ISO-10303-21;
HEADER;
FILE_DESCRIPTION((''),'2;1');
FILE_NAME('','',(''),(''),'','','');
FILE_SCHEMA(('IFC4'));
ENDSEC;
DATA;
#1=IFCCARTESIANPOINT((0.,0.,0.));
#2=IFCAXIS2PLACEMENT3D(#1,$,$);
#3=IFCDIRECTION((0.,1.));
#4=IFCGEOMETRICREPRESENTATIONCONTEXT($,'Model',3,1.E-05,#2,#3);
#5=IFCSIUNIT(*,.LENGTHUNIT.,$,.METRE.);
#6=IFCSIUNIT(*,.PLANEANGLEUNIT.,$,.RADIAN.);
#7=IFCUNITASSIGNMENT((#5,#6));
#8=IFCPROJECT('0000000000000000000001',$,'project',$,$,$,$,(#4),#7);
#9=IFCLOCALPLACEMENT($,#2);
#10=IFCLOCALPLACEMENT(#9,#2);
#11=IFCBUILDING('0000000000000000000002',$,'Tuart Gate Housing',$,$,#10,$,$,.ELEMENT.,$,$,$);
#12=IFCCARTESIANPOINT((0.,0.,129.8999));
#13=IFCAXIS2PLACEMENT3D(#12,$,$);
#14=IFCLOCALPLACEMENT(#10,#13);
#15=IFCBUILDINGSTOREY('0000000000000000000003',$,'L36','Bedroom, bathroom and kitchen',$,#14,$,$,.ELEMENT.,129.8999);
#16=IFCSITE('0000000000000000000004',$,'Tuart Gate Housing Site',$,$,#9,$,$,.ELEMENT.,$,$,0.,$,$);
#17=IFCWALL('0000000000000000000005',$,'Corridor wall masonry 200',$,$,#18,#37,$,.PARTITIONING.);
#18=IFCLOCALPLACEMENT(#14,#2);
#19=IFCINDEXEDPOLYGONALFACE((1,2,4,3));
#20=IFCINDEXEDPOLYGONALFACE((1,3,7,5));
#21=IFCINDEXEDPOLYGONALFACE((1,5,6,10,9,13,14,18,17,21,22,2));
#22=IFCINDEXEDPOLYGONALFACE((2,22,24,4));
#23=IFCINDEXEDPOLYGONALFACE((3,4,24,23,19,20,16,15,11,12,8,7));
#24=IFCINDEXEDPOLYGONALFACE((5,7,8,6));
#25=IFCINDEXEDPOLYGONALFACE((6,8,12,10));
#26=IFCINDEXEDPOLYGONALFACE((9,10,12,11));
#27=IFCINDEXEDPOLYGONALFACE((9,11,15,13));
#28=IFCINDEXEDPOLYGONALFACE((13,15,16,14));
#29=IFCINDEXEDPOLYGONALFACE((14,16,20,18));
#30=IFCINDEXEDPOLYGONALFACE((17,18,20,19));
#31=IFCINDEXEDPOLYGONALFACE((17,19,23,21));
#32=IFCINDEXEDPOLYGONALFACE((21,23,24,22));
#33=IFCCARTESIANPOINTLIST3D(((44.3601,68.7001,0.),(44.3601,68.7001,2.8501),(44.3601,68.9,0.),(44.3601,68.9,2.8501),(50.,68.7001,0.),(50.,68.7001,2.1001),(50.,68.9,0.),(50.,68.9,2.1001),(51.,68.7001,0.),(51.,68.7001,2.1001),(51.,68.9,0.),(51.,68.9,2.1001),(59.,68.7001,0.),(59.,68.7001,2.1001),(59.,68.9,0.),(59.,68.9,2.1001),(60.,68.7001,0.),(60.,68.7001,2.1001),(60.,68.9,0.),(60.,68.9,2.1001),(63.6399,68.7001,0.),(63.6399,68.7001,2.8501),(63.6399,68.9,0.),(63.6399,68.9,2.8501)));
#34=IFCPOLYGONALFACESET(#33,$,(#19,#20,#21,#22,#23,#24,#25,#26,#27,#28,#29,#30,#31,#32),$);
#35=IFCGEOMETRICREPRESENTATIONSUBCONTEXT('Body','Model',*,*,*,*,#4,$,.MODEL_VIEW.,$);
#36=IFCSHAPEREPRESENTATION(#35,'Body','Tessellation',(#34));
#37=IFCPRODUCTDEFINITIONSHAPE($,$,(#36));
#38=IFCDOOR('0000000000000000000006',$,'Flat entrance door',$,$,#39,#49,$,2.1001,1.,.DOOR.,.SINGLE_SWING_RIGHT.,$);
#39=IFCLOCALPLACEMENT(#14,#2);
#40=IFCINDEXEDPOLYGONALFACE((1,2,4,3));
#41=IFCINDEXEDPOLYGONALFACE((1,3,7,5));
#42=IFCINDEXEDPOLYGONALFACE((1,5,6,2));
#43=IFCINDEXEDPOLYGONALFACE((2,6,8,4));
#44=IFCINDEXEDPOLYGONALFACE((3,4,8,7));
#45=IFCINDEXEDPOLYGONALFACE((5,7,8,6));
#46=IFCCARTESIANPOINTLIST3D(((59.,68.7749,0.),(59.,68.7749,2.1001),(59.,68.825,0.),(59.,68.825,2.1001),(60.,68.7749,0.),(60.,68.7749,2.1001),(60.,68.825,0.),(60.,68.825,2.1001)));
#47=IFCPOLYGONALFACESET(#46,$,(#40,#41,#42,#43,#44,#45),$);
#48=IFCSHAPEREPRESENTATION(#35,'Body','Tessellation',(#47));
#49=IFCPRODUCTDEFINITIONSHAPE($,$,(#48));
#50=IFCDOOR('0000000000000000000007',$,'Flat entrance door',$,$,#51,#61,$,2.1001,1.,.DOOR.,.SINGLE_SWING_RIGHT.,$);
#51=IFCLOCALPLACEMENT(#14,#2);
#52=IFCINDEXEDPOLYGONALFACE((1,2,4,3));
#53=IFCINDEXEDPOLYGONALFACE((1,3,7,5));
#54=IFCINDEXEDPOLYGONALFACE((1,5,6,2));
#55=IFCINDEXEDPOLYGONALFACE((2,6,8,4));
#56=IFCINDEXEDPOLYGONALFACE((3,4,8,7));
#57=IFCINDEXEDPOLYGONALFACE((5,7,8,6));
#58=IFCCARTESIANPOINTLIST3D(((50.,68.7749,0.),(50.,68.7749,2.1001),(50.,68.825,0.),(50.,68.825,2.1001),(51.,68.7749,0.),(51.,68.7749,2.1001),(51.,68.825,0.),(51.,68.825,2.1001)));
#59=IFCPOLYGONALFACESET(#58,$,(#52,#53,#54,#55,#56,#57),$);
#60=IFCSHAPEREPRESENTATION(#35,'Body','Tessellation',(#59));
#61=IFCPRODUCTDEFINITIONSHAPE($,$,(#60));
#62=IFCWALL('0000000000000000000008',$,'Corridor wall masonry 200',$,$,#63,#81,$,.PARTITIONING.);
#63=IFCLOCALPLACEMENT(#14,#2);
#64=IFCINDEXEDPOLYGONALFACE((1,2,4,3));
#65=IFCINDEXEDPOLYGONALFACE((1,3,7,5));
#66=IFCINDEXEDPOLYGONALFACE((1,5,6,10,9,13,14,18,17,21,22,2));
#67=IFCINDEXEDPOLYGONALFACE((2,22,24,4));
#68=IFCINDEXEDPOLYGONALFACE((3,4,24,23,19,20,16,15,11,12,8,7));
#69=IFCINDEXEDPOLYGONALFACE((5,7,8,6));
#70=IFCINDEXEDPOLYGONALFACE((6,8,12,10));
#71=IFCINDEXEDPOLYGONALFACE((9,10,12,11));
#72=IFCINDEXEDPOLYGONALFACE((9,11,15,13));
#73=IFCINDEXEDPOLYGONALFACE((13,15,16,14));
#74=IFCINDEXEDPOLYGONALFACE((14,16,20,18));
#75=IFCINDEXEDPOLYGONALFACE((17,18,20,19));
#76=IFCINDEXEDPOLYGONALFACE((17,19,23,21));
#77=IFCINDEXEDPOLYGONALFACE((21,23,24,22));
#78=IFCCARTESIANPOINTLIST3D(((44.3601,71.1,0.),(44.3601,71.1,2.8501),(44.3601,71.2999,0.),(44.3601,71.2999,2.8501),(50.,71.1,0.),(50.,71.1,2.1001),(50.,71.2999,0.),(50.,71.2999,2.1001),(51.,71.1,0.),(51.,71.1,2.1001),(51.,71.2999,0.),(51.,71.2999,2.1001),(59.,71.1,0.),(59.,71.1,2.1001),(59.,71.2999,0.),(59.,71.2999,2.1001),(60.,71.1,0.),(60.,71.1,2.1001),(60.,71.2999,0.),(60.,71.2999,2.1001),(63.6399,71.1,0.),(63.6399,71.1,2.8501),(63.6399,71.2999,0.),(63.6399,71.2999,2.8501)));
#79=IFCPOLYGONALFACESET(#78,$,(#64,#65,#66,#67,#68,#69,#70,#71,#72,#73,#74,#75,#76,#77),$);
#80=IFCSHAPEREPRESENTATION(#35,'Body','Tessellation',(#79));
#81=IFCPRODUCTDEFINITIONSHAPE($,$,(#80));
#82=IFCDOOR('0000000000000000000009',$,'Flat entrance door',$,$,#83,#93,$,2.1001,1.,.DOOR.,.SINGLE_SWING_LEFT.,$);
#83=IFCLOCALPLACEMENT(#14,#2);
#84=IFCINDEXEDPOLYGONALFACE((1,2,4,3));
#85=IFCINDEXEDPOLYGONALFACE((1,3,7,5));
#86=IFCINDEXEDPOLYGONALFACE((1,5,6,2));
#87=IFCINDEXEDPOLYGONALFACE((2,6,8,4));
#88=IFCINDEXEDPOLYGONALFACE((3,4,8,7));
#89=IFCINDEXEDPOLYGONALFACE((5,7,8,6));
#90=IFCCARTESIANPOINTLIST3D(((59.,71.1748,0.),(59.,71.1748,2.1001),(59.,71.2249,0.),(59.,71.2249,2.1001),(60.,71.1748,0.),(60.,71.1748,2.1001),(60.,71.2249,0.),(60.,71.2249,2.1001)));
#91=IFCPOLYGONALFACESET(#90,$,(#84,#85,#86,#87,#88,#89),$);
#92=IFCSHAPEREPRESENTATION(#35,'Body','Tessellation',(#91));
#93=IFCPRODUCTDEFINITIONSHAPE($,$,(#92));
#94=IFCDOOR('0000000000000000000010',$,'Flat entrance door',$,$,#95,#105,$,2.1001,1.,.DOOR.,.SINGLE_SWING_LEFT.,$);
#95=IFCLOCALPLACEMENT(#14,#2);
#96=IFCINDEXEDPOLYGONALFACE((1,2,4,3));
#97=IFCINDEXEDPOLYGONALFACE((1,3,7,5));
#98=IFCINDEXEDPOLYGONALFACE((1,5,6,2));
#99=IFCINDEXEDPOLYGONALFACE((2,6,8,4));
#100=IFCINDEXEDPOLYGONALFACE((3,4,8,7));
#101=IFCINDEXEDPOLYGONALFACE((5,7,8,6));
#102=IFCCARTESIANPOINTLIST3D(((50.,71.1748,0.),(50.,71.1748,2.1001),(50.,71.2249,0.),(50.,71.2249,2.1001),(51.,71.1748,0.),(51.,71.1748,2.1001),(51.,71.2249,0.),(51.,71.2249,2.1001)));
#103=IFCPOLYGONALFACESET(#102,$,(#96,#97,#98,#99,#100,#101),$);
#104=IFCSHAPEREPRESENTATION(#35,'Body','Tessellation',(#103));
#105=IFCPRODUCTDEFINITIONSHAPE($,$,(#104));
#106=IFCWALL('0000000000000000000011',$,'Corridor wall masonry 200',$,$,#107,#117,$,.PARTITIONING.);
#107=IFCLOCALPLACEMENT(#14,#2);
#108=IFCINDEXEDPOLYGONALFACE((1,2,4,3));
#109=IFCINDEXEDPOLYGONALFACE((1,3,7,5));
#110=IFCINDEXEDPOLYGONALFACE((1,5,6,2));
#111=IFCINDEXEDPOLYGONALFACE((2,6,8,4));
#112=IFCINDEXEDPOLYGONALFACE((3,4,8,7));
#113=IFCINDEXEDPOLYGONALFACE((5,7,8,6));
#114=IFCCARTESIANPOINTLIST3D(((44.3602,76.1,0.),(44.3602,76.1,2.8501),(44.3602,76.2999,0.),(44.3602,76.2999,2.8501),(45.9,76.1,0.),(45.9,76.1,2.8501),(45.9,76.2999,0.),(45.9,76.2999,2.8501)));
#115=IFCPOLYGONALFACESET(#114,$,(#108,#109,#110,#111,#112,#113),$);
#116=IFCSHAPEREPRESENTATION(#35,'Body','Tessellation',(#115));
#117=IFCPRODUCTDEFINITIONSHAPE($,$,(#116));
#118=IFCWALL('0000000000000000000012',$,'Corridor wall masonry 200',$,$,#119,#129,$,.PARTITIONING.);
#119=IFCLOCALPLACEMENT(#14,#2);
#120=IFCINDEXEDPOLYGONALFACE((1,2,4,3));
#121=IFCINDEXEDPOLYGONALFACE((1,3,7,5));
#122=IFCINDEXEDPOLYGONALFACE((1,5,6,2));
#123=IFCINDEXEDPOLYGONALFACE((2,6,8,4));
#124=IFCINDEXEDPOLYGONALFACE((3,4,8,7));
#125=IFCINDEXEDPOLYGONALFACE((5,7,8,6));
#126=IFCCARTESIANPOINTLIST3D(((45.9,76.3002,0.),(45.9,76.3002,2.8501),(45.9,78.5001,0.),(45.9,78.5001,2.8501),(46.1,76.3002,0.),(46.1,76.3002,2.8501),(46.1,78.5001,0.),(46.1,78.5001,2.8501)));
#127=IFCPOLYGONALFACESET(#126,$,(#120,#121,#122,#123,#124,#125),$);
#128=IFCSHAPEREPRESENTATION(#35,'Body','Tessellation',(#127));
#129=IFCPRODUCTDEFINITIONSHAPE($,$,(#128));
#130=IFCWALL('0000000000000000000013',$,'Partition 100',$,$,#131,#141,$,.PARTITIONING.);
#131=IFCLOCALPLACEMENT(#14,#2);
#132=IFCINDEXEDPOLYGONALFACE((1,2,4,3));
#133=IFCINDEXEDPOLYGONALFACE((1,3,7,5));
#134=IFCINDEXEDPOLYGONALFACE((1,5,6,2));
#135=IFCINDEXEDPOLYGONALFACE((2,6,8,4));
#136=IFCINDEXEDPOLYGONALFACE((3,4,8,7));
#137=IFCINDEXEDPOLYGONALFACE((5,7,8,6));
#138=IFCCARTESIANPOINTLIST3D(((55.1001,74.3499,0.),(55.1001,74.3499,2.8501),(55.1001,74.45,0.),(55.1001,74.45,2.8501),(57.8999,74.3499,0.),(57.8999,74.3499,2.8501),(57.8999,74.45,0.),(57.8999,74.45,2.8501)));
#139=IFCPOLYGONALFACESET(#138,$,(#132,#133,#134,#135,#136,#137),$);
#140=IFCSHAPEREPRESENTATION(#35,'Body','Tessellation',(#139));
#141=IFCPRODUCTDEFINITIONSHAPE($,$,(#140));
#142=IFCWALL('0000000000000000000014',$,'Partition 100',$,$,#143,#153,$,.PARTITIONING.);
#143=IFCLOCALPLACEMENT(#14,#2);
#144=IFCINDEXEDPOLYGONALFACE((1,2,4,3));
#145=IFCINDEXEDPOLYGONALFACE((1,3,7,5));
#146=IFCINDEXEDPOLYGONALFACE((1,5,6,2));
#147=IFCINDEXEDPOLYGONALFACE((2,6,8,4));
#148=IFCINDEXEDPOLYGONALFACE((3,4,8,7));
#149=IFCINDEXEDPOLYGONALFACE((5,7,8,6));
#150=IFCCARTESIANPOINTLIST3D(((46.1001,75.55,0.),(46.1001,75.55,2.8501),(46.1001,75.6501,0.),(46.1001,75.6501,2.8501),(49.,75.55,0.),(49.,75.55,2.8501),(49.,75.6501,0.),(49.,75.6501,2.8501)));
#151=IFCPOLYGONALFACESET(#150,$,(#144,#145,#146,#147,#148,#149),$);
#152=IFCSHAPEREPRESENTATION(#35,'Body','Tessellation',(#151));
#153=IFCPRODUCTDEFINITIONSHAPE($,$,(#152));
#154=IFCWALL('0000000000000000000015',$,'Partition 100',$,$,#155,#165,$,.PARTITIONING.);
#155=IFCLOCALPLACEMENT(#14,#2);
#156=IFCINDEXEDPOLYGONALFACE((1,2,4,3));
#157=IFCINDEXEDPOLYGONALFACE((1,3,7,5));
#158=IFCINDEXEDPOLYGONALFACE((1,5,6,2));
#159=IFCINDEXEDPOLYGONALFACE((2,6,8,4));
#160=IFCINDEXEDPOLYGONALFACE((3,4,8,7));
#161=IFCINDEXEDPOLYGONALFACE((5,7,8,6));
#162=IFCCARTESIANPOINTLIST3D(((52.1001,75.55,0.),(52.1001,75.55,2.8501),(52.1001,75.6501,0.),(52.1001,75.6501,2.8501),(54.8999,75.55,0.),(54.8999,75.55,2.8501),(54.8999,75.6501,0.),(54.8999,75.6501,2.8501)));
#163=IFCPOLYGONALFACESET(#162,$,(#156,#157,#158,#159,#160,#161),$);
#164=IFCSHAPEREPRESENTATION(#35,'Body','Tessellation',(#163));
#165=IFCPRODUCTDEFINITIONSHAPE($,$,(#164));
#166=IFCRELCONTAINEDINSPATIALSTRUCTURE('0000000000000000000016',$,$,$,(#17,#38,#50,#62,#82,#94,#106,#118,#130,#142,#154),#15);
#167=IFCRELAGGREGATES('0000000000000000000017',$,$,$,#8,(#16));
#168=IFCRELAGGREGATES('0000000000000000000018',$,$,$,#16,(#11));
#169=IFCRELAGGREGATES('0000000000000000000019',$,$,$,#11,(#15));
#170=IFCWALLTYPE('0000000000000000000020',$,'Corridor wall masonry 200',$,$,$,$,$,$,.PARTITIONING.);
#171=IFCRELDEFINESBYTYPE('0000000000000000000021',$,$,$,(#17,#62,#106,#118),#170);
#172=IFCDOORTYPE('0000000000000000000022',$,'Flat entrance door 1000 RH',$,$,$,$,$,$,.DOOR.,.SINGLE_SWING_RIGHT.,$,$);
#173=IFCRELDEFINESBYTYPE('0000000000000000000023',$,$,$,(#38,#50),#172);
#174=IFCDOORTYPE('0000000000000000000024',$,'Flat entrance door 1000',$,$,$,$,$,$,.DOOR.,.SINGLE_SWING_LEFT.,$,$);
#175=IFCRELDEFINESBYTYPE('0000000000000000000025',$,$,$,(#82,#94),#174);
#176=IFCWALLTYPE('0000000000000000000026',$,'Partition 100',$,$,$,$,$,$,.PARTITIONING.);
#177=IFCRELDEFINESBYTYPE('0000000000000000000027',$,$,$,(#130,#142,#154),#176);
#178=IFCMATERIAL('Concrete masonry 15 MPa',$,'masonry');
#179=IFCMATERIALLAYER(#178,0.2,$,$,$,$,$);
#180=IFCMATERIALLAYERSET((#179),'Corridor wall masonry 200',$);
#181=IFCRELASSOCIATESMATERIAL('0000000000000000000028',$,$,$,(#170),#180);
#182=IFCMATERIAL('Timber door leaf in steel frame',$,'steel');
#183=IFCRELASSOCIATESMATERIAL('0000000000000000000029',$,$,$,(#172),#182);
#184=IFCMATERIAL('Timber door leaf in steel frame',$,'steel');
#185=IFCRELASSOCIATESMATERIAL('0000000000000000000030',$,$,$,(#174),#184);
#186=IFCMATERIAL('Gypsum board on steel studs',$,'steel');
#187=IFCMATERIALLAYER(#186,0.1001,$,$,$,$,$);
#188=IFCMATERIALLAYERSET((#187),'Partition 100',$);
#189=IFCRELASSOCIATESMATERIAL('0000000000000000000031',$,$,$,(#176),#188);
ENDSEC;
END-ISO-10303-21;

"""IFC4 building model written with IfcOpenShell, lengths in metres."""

from ifc_helpers import new_model, si_unit, direction, frame, frame_2d, origin, place, context, subcontext, project, spatial, rectangle, extrude, material, layer, layer_set, type_object, element, fill, save


model = new_model("IFC4")

# Units and contexts
model_context = context("Model", 3, precision=1e-05, world=origin(), true_north=direction((0.0, 1.0)))
body_context = subcontext(model_context, "Body", "Model", "MODEL_VIEW")
ifc_project = project(units=[si_unit("LENGTHUNIT", "METRE"), si_unit("PLANEANGLEUNIT", "RADIAN")], contexts=[model_context])

# Site, building, storey
site_placement = place(None, origin())
site = spatial("IfcSite", under=ifc_project, at=site_placement, Name="Tuart Gate Housing Site", CompositionType="ELEMENT", RefElevation=0.0)
building_placement = place(site_placement, origin())
building = spatial("IfcBuilding", under=site, at=building_placement, Name="Tuart Gate Housing", CompositionType="ELEMENT")
storey_placement = place(building_placement, frame((0.0, 0.0, 129.8999)))
storey = spatial("IfcBuildingStorey", under=building, at=storey_placement, Name="L36", Description="Bedroom, bathroom and kitchen", CompositionType="ELEMENT", Elevation=129.8999)

# Walls, openings, doors
ifc_material_1 = material(Name="Concrete masonry 15 MPa", Category="masonry")
ifc_layer_1 = layer(ifc_material_1, 0.2)
ifc_layer_set_1 = layer_set([ifc_layer_1], Name="Corridor wall masonry 200")
wall_type_1 = type_object("IfcWallType", Name="Corridor wall masonry 200", PredefinedType="PARTITIONING", material=ifc_layer_set_1)
wall_1_placement = place(storey_placement, frame((44.3601, 68.8, 0.0), z_axis=(0.0, 0.0, 1.0), x_axis=(1.0, 0.0, 0.0)))
wall_1 = element("IfcWall", 1, at=wall_1_placement, inside=storey, type_object=wall_type_1, Name="Corridor wall masonry 200", PredefinedType="PARTITIONING", context=body_context, shape_type="SweptSolid", body=[
    extrude(rectangle(XDim=19.2798, YDim=0.2, at=frame_2d((9.6399, 0.0))), origin(), (0.0, 0.0, 1.0), 2.8501),
])
opening_1_placement = place(wall_1_placement, frame((14.6399, 0.0, 0.0)))
opening_1 = element("IfcOpeningElement", 2, at=opening_1_placement, cuts=wall_1, PredefinedType="OPENING", context=body_context, shape_type="SweptSolid", body=[
    extrude(rectangle(XDim=1.0, YDim=2.1001, at=frame_2d((0.5, 1.05))), frame((0.0, 0.1099, 0.0), z_axis=(0.0, -1.0, 0.0), x_axis=(1.0, 0.0, 0.0)), (0.0, 0.0, 1.0), 0.22),
])
opening_2_placement = place(wall_1_placement, frame((5.6399, 0.0, 0.0)))
opening_2 = element("IfcOpeningElement", 3, at=opening_2_placement, cuts=wall_1, PredefinedType="OPENING", context=body_context, shape_type="SweptSolid", body=[
    extrude(rectangle(XDim=1.0, YDim=2.1001, at=frame_2d((0.5, 1.05))), frame((0.0, 0.1099, 0.0), z_axis=(0.0, -1.0, 0.0), x_axis=(1.0, 0.0, 0.0)), (0.0, 0.0, 1.0), 0.22),
])
ifc_material_2 = material(Name="Timber door leaf in steel frame", Category="steel")
door_type_1 = type_object("IfcDoorType", Name="Flat entrance door 1000 RH", OperationType="SINGLE_SWING_RIGHT", PredefinedType="DOOR", material=ifc_material_2)
door_1_placement = place(opening_1_placement, frame((1.0, 0.0, 0.0), z_axis=(0.0, 0.0, 1.0), x_axis=(-1.0, 0.0, 0.0)))
door_1 = element("IfcDoor", 4, at=door_1_placement, inside=storey, type_object=door_type_1, Name="Flat entrance door", OperationType="SINGLE_SWING_RIGHT", OverallHeight=2.1001, OverallWidth=1.0, PredefinedType="DOOR", context=body_context, shape_type="SweptSolid", body=[
    extrude(rectangle(XDim=1.0, YDim=2.1001, at=frame_2d((0.5, 1.05))), frame((0.0, 0.0251, 0.0), z_axis=(0.0, -1.0, 0.0), x_axis=(1.0, 0.0, 0.0)), (0.0, 0.0, 1.0), 0.05),
])
fill(opening_1, door_1)
door_2_placement = place(opening_2_placement, frame((1.0, 0.0, 0.0), z_axis=(0.0, 0.0, 1.0), x_axis=(-1.0, 0.0, 0.0)))
door_2 = element("IfcDoor", 5, at=door_2_placement, inside=storey, type_object=door_type_1, Name="Flat entrance door", OperationType="SINGLE_SWING_RIGHT", OverallHeight=2.1001, OverallWidth=1.0, PredefinedType="DOOR", context=body_context, shape_type="SweptSolid", body=[
    extrude(rectangle(XDim=1.0, YDim=2.1001, at=frame_2d((0.5, 1.05))), frame((0.0, 0.0251, 0.0), z_axis=(0.0, -1.0, 0.0), x_axis=(1.0, 0.0, 0.0)), (0.0, 0.0, 1.0), 0.05),
])
fill(opening_2, door_2)
wall_2_placement = place(storey_placement, frame((44.3601, 71.2, 0.0), z_axis=(0.0, 0.0, 1.0), x_axis=(1.0, 0.0, 0.0)))
wall_2 = element("IfcWall", 6, at=wall_2_placement, inside=storey, type_object=wall_type_1, Name="Corridor wall masonry 200", PredefinedType="PARTITIONING", context=body_context, shape_type="SweptSolid", body=[
    extrude(rectangle(XDim=19.2798, YDim=0.2, at=frame_2d((9.6399, 0.0))), origin(), (0.0, 0.0, 1.0), 2.8501),
])
opening_3_placement = place(wall_2_placement, frame((14.6399, 0.0, 0.0)))
opening_3 = element("IfcOpeningElement", 7, at=opening_3_placement, cuts=wall_2, PredefinedType="OPENING", context=body_context, shape_type="SweptSolid", body=[
    extrude(rectangle(XDim=1.0, YDim=2.1001, at=frame_2d((0.5, 1.05))), frame((0.0, 0.1099, 0.0), z_axis=(0.0, -1.0, 0.0), x_axis=(1.0, 0.0, 0.0)), (0.0, 0.0, 1.0), 0.22),
])
opening_4_placement = place(wall_2_placement, frame((5.6399, 0.0, 0.0)))
opening_4 = element("IfcOpeningElement", 8, at=opening_4_placement, cuts=wall_2, PredefinedType="OPENING", context=body_context, shape_type="SweptSolid", body=[
    extrude(rectangle(XDim=1.0, YDim=2.1001, at=frame_2d((0.5, 1.05))), frame((0.0, 0.1099, 0.0), z_axis=(0.0, -1.0, 0.0), x_axis=(1.0, 0.0, 0.0)), (0.0, 0.0, 1.0), 0.22),
])
ifc_material_3 = material(Name="Timber door leaf in steel frame", Category="steel")
door_type_2 = type_object("IfcDoorType", Name="Flat entrance door 1000", OperationType="SINGLE_SWING_LEFT", PredefinedType="DOOR", material=ifc_material_3)
door_3_placement = place(opening_3_placement, origin())
door_3 = element("IfcDoor", 9, at=door_3_placement, inside=storey, type_object=door_type_2, Name="Flat entrance door", OperationType="SINGLE_SWING_LEFT", OverallHeight=2.1001, OverallWidth=1.0, PredefinedType="DOOR", context=body_context, shape_type="SweptSolid", body=[
    extrude(rectangle(XDim=1.0, YDim=2.1001, at=frame_2d((0.5, 1.05))), frame((0.0, 0.0249, 0.0), z_axis=(0.0, -1.0, 0.0), x_axis=(1.0, 0.0, 0.0)), (0.0, 0.0, 1.0), 0.05),
])
fill(opening_3, door_3)
door_4_placement = place(opening_4_placement, origin())
door_4 = element("IfcDoor", 10, at=door_4_placement, inside=storey, type_object=door_type_2, Name="Flat entrance door", OperationType="SINGLE_SWING_LEFT", OverallHeight=2.1001, OverallWidth=1.0, PredefinedType="DOOR", context=body_context, shape_type="SweptSolid", body=[
    extrude(rectangle(XDim=1.0, YDim=2.1001, at=frame_2d((0.5, 1.05))), frame((0.0, 0.0249, 0.0), z_axis=(0.0, -1.0, 0.0), x_axis=(1.0, 0.0, 0.0)), (0.0, 0.0, 1.0), 0.05),
])
fill(opening_4, door_4)

# Walls
wall_3_placement = place(storey_placement, frame((44.3601, 76.2, 0.0), z_axis=(0.0, 0.0, 1.0), x_axis=(1.0, 0.0, 0.0)))
element("IfcWall", 11, at=wall_3_placement, inside=storey, type_object=wall_type_1, Name="Corridor wall masonry 200", PredefinedType="PARTITIONING", context=body_context, shape_type="SweptSolid", body=[
    extrude(rectangle(XDim=1.5398, YDim=0.2, at=frame_2d((0.77, 0.0))), origin(), (0.0, 0.0, 1.0), 2.8501),
])
wall_4_placement = place(storey_placement, frame((46.0, 76.3, 0.0), z_axis=(0.0, 0.0, 1.0), x_axis=(0.0, 1.0, 0.0)))
element("IfcWall", 12, at=wall_4_placement, inside=storey, type_object=wall_type_1, Name="Corridor wall masonry 200", PredefinedType="PARTITIONING", context=body_context, shape_type="SweptSolid", body=[
    extrude(rectangle(XDim=2.2, YDim=0.2, at=frame_2d((1.1001, 0.0))), origin(), (0.0, 0.0, 1.0), 2.8501),
])
ifc_material_4 = material(Name="Gypsum board on steel studs", Category="steel")
ifc_layer_2 = layer(ifc_material_4, 0.1001)
ifc_layer_set_2 = layer_set([ifc_layer_2], Name="Partition 100")
wall_type_2 = type_object("IfcWallType", Name="Partition 100", PredefinedType="PARTITIONING", material=ifc_layer_set_2)
wall_5_placement = place(storey_placement, frame((55.1001, 74.3999, 0.0), z_axis=(0.0, 0.0, 1.0), x_axis=(1.0, 0.0, 0.0)))
element("IfcWall", 13, at=wall_5_placement, inside=storey, type_object=wall_type_2, Name="Partition 100", PredefinedType="PARTITIONING", context=body_context, shape_type="SweptSolid", body=[
    extrude(rectangle(XDim=2.7998, YDim=0.1001, at=frame_2d((1.3999, 0.0))), origin(), (0.0, 0.0, 1.0), 2.8501),
])
wall_6_placement = place(storey_placement, frame((46.1001, 75.6001, 0.0), z_axis=(0.0, 0.0, 1.0), x_axis=(1.0, 0.0, 0.0)))
element("IfcWall", 14, at=wall_6_placement, inside=storey, type_object=wall_type_2, Name="Partition 100", PredefinedType="PARTITIONING", context=body_context, shape_type="SweptSolid", body=[
    extrude(rectangle(XDim=2.8999, YDim=0.1001, at=frame_2d((1.45, 0.0))), origin(), (0.0, 0.0, 1.0), 2.8501),
])
wall_7_placement = place(storey_placement, frame((52.1001, 75.6001, 0.0), z_axis=(0.0, 0.0, 1.0), x_axis=(1.0, 0.0, 0.0)))
element("IfcWall", 15, at=wall_7_placement, inside=storey, type_object=wall_type_2, Name="Partition 100", PredefinedType="PARTITIONING", context=body_context, shape_type="SweptSolid", body=[
    extrude(rectangle(XDim=2.7998, YDim=0.1001, at=frame_2d((1.3999, 0.0))), origin(), (0.0, 0.0, 1.0), 2.8501),
])

save(model, "model.ifc")
